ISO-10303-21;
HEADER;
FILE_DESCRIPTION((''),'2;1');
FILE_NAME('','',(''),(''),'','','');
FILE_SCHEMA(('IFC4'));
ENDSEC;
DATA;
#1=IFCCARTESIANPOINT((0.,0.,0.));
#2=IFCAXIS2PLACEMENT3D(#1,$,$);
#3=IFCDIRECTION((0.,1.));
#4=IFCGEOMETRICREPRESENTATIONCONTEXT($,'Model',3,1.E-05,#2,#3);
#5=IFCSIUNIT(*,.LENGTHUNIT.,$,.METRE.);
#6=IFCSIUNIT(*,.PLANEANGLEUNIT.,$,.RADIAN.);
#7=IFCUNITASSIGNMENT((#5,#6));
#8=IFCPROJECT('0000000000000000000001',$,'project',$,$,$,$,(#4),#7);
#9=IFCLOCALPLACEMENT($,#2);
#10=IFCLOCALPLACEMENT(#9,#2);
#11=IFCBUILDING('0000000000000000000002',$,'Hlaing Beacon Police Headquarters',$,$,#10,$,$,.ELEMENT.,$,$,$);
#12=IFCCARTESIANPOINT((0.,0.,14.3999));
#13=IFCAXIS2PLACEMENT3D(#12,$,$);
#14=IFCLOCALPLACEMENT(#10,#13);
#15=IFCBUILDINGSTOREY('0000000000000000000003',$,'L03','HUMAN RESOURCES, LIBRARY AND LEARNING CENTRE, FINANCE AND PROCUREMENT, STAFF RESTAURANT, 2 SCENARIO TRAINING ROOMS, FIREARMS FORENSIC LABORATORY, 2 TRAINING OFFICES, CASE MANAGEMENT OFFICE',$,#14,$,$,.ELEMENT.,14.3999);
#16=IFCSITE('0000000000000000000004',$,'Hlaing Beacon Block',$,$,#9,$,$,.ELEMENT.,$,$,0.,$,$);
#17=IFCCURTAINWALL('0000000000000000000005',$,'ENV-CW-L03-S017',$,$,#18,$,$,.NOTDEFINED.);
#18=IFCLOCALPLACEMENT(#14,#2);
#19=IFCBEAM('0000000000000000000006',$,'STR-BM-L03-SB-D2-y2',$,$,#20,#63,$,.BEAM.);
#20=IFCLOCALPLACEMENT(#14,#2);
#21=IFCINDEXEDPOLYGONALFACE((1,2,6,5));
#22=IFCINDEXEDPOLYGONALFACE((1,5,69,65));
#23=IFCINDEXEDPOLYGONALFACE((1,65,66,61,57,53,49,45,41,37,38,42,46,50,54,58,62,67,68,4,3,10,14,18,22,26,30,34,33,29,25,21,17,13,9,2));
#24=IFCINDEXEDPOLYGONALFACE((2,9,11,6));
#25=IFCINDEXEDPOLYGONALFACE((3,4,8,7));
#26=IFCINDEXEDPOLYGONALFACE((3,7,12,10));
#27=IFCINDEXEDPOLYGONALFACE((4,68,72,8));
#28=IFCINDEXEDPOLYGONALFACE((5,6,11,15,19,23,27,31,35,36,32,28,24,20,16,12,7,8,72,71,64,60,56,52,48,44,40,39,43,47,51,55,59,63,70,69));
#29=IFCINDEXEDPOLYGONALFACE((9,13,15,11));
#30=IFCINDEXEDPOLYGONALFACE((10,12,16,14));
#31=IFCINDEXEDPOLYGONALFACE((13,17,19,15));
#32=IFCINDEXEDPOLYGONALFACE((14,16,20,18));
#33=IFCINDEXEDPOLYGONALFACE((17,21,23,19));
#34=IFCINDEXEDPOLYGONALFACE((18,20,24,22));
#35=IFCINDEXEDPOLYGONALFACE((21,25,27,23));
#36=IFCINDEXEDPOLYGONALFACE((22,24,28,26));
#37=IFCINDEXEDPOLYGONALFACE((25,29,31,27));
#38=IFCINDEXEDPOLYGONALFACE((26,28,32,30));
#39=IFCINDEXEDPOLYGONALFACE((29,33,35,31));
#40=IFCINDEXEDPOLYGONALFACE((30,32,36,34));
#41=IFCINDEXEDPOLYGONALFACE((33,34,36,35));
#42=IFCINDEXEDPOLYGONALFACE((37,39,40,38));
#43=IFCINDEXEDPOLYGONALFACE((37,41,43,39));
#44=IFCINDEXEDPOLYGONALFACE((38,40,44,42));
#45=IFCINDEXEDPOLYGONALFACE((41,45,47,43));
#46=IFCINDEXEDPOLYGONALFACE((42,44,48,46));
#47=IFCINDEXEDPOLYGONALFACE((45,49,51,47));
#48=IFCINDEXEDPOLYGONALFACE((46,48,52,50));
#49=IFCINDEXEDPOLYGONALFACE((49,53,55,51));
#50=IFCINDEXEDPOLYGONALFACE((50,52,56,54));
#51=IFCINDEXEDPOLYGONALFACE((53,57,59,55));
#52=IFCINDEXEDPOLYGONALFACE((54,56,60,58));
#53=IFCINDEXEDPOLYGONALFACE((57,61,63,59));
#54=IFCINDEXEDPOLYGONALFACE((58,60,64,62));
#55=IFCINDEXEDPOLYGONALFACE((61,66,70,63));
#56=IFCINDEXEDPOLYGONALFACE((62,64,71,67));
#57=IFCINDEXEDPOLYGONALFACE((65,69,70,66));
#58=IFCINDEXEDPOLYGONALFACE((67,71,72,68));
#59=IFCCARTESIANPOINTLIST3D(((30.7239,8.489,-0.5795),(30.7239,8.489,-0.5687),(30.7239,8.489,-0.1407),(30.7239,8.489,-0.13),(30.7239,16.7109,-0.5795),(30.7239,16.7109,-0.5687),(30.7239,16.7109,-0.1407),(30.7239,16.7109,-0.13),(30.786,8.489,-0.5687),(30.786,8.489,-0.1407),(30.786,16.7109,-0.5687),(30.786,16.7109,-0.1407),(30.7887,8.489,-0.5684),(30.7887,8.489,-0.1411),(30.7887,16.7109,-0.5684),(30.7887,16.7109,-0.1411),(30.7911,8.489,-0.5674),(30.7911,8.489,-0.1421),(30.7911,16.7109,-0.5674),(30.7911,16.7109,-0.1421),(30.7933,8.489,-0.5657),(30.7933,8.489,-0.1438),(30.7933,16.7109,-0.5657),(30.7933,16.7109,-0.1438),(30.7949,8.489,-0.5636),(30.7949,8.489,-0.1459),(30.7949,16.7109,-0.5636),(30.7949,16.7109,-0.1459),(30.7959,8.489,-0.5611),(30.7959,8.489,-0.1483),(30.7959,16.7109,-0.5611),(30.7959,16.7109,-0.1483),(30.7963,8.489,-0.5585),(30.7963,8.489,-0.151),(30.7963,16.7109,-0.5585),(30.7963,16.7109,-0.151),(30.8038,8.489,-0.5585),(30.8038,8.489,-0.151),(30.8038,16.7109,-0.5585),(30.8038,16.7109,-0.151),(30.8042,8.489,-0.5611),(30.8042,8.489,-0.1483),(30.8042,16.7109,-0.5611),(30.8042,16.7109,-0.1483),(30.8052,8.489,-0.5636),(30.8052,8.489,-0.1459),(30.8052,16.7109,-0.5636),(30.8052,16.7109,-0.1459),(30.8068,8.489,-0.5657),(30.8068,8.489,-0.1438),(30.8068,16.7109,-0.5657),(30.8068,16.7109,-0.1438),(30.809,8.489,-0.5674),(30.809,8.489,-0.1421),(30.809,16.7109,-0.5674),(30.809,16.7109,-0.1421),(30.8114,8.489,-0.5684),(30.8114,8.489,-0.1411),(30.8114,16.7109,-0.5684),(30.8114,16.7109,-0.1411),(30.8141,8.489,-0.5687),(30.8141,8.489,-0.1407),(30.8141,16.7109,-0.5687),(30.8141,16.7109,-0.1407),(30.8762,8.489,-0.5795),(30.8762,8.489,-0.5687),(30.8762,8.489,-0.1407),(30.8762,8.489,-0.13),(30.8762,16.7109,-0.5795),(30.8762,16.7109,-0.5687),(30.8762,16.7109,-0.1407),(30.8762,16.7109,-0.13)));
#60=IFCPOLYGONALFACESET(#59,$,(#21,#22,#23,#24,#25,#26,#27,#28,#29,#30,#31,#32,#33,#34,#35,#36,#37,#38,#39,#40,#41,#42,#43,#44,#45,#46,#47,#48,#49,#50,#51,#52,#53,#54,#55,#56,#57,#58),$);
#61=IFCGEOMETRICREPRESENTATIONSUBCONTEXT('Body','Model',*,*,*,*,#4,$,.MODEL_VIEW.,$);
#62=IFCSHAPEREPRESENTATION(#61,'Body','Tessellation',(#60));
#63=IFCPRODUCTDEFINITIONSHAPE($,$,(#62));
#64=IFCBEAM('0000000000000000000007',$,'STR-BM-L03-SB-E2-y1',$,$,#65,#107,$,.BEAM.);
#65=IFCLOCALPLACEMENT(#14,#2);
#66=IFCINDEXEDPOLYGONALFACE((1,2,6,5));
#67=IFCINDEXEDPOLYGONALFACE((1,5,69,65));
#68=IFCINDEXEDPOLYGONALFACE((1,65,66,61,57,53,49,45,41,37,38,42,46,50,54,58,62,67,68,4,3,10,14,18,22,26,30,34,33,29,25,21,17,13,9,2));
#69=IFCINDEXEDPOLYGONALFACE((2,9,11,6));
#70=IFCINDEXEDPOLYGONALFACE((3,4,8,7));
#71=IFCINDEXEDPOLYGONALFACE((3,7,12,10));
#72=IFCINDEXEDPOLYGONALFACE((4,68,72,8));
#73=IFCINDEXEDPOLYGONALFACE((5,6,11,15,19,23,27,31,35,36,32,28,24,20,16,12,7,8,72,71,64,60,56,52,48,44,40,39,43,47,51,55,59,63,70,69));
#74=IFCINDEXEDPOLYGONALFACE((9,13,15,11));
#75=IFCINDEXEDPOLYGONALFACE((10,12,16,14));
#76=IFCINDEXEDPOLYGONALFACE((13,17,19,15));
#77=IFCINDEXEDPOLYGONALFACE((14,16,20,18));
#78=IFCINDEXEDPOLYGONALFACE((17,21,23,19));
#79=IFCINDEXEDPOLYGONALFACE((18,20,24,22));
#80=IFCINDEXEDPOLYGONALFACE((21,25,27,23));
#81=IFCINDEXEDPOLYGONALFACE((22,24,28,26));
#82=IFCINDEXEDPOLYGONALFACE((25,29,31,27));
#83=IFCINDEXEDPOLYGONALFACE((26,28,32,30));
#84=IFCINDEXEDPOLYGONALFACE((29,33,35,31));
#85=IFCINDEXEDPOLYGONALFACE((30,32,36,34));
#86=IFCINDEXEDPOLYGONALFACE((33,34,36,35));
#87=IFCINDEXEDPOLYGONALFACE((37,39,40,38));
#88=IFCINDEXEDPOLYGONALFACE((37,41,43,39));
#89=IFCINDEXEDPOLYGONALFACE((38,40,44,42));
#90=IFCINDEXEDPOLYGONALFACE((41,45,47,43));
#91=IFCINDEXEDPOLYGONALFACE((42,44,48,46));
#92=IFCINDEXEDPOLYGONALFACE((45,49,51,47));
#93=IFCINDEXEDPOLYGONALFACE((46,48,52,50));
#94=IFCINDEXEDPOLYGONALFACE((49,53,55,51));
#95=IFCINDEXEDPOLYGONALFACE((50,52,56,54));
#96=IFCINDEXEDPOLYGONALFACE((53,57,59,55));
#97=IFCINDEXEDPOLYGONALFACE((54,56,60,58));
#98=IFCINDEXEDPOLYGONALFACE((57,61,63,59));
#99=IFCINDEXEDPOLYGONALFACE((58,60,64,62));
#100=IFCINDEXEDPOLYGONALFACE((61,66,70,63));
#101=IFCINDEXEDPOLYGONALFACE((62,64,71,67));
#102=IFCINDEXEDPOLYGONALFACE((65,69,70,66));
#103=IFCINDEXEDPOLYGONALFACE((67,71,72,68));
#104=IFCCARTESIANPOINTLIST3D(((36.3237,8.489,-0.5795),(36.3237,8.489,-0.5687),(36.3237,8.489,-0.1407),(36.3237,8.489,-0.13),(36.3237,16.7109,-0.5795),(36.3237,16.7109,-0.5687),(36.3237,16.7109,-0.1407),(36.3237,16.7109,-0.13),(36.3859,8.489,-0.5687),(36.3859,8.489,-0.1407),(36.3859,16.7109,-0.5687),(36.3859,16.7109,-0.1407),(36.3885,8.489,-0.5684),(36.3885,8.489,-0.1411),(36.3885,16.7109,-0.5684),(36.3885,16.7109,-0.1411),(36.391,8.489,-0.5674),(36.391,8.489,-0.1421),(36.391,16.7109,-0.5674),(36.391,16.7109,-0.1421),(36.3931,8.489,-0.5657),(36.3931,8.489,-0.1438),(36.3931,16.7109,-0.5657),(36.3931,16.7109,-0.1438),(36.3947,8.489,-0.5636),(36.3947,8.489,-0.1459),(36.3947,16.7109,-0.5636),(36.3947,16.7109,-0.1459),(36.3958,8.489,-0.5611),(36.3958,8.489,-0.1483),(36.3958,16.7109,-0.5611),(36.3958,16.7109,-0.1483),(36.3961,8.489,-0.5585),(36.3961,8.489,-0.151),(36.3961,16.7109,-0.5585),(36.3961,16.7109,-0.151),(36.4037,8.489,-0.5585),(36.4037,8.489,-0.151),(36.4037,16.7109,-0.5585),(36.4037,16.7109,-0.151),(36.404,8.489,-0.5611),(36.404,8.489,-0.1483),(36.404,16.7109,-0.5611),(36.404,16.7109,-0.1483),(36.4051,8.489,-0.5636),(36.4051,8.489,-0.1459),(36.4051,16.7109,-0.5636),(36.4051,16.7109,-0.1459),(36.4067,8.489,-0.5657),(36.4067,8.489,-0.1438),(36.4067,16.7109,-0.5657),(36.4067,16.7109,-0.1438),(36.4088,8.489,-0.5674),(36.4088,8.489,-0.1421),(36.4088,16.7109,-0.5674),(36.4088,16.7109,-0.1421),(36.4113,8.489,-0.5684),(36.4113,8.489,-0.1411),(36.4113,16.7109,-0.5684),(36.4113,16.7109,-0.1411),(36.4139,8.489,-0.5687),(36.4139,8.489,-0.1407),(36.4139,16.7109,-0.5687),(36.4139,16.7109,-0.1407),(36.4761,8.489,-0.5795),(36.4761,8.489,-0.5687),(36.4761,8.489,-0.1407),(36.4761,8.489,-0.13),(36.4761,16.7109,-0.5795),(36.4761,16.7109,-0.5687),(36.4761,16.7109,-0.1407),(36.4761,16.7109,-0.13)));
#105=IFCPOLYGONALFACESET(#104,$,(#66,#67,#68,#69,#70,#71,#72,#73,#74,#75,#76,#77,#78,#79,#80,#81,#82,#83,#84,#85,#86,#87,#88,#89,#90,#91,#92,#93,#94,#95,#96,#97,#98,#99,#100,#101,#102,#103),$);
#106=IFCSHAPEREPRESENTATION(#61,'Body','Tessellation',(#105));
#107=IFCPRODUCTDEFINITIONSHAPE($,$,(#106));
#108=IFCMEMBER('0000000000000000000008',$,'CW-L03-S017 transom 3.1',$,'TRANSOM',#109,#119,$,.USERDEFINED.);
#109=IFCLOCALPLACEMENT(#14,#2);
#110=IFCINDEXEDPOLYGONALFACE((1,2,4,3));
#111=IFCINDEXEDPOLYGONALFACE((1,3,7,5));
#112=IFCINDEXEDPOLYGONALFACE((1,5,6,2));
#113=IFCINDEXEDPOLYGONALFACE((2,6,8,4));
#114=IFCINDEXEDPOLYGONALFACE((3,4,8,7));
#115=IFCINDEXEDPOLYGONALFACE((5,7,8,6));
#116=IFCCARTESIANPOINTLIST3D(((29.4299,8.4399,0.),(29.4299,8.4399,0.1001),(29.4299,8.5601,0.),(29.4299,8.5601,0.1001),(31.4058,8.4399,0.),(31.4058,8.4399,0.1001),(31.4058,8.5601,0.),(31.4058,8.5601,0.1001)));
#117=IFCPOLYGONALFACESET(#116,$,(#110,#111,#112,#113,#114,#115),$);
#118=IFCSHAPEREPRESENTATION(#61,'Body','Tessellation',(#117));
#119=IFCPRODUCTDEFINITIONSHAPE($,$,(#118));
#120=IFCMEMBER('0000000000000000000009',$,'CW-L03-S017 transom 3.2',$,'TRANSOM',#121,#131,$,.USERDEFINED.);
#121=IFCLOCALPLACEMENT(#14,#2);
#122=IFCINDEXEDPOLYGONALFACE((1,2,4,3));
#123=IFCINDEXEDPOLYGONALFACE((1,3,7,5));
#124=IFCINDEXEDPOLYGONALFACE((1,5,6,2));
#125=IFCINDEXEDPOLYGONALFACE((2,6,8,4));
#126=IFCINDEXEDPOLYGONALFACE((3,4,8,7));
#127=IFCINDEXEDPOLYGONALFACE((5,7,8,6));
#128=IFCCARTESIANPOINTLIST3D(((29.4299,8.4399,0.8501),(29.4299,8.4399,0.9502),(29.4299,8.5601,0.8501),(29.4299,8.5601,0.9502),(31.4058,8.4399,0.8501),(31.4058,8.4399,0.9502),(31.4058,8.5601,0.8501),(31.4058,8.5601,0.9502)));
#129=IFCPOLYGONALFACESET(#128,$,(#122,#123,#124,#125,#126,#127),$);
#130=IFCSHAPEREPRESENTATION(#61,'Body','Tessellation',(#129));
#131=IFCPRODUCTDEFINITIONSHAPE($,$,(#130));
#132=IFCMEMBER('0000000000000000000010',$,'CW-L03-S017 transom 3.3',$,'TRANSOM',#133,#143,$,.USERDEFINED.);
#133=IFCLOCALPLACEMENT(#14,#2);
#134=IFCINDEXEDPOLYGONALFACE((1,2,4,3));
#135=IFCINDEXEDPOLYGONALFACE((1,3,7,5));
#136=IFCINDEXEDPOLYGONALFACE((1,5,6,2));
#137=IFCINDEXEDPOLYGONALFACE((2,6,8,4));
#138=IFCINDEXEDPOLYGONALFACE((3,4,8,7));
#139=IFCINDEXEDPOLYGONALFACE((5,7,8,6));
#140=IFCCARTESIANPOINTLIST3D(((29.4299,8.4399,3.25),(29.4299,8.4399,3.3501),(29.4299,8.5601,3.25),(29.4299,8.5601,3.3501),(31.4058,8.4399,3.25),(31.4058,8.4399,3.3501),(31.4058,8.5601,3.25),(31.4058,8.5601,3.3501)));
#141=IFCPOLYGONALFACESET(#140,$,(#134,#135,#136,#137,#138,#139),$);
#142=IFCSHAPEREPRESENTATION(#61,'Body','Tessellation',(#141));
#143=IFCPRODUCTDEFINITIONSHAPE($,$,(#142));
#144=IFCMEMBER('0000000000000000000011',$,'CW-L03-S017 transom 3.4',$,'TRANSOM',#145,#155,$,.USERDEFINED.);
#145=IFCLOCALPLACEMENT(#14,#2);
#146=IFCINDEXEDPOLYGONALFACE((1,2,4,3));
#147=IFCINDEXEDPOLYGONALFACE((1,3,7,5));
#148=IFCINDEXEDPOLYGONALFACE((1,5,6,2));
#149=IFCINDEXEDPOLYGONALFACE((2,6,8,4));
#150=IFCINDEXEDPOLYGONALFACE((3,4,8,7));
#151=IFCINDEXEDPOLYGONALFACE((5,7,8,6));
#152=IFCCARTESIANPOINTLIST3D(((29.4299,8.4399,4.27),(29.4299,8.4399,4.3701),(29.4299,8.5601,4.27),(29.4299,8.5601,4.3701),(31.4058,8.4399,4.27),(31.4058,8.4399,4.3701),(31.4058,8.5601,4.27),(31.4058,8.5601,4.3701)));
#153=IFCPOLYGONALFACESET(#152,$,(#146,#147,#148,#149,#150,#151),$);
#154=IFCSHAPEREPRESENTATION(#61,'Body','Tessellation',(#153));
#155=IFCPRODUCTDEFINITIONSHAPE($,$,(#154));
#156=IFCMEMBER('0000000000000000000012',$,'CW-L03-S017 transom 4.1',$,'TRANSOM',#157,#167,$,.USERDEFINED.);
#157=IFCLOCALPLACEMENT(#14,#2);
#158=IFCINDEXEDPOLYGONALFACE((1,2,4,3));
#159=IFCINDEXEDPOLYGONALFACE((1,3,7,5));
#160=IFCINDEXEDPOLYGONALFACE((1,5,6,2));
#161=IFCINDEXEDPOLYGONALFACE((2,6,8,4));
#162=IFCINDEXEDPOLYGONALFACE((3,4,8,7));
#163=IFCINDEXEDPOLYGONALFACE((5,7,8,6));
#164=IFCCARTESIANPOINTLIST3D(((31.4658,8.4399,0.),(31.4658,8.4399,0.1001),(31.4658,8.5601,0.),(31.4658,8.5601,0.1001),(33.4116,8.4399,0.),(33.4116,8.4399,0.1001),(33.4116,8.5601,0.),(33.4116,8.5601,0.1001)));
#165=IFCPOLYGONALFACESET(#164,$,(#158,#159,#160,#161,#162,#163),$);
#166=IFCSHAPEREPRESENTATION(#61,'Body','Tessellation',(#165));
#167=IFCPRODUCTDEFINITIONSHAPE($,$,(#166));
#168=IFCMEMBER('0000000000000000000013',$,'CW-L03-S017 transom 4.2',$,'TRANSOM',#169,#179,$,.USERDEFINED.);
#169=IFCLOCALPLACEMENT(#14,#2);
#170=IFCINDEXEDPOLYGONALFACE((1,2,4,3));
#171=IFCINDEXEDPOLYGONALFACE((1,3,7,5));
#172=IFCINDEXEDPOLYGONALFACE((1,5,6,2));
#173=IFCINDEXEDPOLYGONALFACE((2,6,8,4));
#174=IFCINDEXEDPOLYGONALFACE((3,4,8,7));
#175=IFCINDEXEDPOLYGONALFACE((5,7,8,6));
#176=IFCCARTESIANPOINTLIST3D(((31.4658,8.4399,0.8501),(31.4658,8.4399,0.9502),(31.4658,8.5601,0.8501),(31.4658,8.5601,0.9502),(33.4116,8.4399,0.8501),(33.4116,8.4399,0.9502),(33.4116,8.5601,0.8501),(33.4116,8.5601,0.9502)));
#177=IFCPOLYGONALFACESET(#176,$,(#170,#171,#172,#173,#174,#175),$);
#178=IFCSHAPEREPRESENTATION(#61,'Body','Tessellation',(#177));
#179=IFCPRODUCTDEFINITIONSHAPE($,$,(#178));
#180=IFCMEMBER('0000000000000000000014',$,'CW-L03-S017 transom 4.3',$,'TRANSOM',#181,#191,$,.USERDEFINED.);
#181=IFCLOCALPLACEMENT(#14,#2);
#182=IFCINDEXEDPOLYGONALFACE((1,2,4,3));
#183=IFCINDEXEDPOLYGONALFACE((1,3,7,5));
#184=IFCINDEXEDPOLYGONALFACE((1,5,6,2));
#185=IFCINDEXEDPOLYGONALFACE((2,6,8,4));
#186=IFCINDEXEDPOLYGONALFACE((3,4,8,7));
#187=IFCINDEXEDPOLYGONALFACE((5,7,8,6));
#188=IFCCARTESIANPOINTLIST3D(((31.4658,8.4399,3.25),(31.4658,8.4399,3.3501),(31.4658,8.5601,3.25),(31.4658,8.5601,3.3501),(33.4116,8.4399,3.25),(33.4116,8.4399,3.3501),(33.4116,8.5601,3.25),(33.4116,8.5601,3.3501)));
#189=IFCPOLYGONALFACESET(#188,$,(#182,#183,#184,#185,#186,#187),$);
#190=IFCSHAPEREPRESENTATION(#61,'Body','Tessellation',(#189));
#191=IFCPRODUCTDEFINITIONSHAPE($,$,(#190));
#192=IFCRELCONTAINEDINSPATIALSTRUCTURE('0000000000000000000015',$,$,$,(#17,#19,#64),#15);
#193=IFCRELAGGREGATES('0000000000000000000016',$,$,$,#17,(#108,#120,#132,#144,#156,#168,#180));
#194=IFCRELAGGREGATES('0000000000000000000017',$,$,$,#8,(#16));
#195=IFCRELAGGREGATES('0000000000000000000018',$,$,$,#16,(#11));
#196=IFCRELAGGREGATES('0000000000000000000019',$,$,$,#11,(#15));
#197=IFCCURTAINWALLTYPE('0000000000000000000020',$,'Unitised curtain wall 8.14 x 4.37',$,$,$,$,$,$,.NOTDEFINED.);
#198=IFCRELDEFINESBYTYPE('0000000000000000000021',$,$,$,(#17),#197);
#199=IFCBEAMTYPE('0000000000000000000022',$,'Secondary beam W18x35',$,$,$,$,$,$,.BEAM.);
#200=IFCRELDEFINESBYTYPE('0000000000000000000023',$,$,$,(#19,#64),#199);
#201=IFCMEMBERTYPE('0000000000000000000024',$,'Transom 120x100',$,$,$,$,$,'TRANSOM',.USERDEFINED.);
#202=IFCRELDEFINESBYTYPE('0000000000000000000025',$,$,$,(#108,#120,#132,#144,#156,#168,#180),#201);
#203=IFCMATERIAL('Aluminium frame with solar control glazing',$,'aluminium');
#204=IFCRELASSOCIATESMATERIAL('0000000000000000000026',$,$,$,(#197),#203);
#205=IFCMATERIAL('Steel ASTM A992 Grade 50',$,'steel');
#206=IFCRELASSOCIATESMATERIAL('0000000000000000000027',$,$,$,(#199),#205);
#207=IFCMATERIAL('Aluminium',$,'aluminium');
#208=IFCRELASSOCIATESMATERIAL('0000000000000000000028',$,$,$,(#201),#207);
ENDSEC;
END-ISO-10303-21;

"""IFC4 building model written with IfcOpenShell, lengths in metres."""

from ifc_helpers import new_model, si_unit, direction, frame, origin, origin_2d, place, context, subcontext, project, spatial, rectangle, i_section, extrude, material, material_profile, profile_set, type_object, element, aggregate, save


model = new_model("IFC4")

# Units and contexts
model_context = context("Model", 3, precision=1e-05, world=origin(), true_north=direction((0.0, 1.0)))
body_context = subcontext(model_context, "Body", "Model", "MODEL_VIEW")
ifc_project = project(units=[si_unit("LENGTHUNIT", "METRE"), si_unit("PLANEANGLEUNIT", "RADIAN")], contexts=[model_context])

# Site, building, storey
site_placement = place(None, origin())
site = spatial("IfcSite", under=ifc_project, at=site_placement, Name="Hlaing Beacon Block", CompositionType="ELEMENT", RefElevation=0.0)
building_placement = place(site_placement, origin())
building = spatial("IfcBuilding", under=site, at=building_placement, Name="Hlaing Beacon Police Headquarters", CompositionType="ELEMENT")
storey_placement = place(building_placement, frame((0.0, 0.0, 14.3999)))
storey = spatial("IfcBuildingStorey", under=building, at=storey_placement, Name="L03", Description="HUMAN RESOURCES, LIBRARY AND LEARNING CENTRE, FINANCE AND PROCUREMENT, STAFF RESTAURANT, 2 SCENARIO TRAINING ROOMS, FIREARMS FORENSIC LABORATORY, 2 TRAINING OFFICES, CASE MANAGEMENT OFFICE", CompositionType="ELEMENT", Elevation=14.3999)

# Curtain wall
ifc_material_1 = material(Name="Aluminium frame with solar control glazing", Category="aluminium")
curtain_wall_type = type_object("IfcCurtainWallType", Name="Unitised curtain wall 8.14 x 4.37", PredefinedType="NOTDEFINED", material=ifc_material_1)
curtain_wall_1_placement = place(storey_placement, origin())
curtain_wall_1 = element("IfcCurtainWall", 1, at=curtain_wall_1_placement, inside=storey, type_object=curtain_wall_type, Name="ENV-CW-L03-S017", PredefinedType="NOTDEFINED")

# Beams
ifc_material_2 = material(Name="Steel ASTM A992 Grade 50", Category="steel")
ifc_material_profile_1 = material_profile(ifc_material_2, i_section(OverallWidth=0.1523, OverallDepth=0.4495, WebThickness=0.0076, FlangeThickness=0.0107, FilletRadius=0.0103, at=origin_2d()), Name="W18x35")
ifc_profile_set_1 = profile_set([ifc_material_profile_1], Name="Steel ASTM A992 Grade 50")
beam_type_1 = type_object("IfcBeamType", Name="Secondary beam W18x35", PredefinedType="BEAM", material=ifc_profile_set_1)
for number, where, z_axis, x_axis, name in (
    (2, (30.8, 8.489, -0.3547), (0.0, 1.0, 0.0), (-1.0, 0.0, 0.0), "STR-BM-L03-SB-D2-y2"),
    (3, (36.3999, 8.489, -0.3547), (0.0, 1.0, 0.0), (-1.0, 0.0, 0.0), "STR-BM-L03-SB-E2-y1"),
):
    element("IfcBeam", number, at=place(storey_placement, frame(where, z_axis=z_axis, x_axis=x_axis)), inside=storey, type_object=beam_type_1, Name=name, PredefinedType="BEAM", context=body_context, shape_type="SweptSolid", body=[
        extrude(i_section(OverallWidth=0.1523, OverallDepth=0.4495, WebThickness=0.0076, FlangeThickness=0.0107, FilletRadius=0.0103, at=origin_2d()), origin(), (0.0, 0.0, 1.0), 8.2219),
    ])

# Members
ifc_material_3 = material(Name="Aluminium", Category="aluminium")
ifc_material_profile_2 = material_profile(ifc_material_3, rectangle(XDim=0.1201, YDim=0.1001, at=origin_2d()), Name="Transom 120x100")
ifc_profile_set_2 = profile_set([ifc_material_profile_2], Name="Aluminium")
member_type_1 = type_object("IfcMemberType", Name="Transom 120x100", ElementType="TRANSOM", PredefinedType="USERDEFINED", material=ifc_profile_set_2)
member_1_placement = place(storey_placement, frame((29.4299, 8.5, 0.05), z_axis=(1.0, 0.0, 0.0), x_axis=(0.0, 1.0, 0.0)))
member_1 = element("IfcMember", 4, at=member_1_placement, type_object=member_type_1, Name="CW-L03-S017 transom 3.1", ObjectType="TRANSOM", PredefinedType="USERDEFINED", context=body_context, shape_type="SweptSolid", body=[
    extrude(rectangle(XDim=0.1201, YDim=0.1001, at=origin_2d()), origin(), (0.0, 0.0, 1.0), 1.9758),
])
member_2_placement = place(storey_placement, frame((29.4299, 8.5, 0.9001), z_axis=(1.0, 0.0, 0.0), x_axis=(0.0, 1.0, 0.0)))
member_2 = element("IfcMember", 5, at=member_2_placement, type_object=member_type_1, Name="CW-L03-S017 transom 3.2", ObjectType="TRANSOM", PredefinedType="USERDEFINED", context=body_context, shape_type="SweptSolid", body=[
    extrude(rectangle(XDim=0.1201, YDim=0.1001, at=origin_2d()), origin(), (0.0, 0.0, 1.0), 1.9758),
])
member_3_placement = place(storey_placement, frame((29.4299, 8.5, 3.3), z_axis=(1.0, 0.0, 0.0), x_axis=(0.0, 1.0, 0.0)))
member_3 = element("IfcMember", 6, at=member_3_placement, type_object=member_type_1, Name="CW-L03-S017 transom 3.3", ObjectType="TRANSOM", PredefinedType="USERDEFINED", context=body_context, shape_type="SweptSolid", body=[
    extrude(rectangle(XDim=0.1201, YDim=0.1001, at=origin_2d()), origin(), (0.0, 0.0, 1.0), 1.9758),
])
member_4_placement = place(storey_placement, frame((29.4299, 8.5, 4.3201), z_axis=(1.0, 0.0, 0.0), x_axis=(0.0, 1.0, 0.0)))
member_4 = element("IfcMember", 7, at=member_4_placement, type_object=member_type_1, Name="CW-L03-S017 transom 3.4", ObjectType="TRANSOM", PredefinedType="USERDEFINED", context=body_context, shape_type="SweptSolid", body=[
    extrude(rectangle(XDim=0.1201, YDim=0.1001, at=origin_2d()), origin(), (0.0, 0.0, 1.0), 1.9758),
])
member_5_placement = place(storey_placement, frame((31.4658, 8.5, 0.05), z_axis=(1.0, 0.0, 0.0), x_axis=(0.0, 1.0, 0.0)))
member_5 = element("IfcMember", 8, at=member_5_placement, type_object=member_type_1, Name="CW-L03-S017 transom 4.1", ObjectType="TRANSOM", PredefinedType="USERDEFINED", context=body_context, shape_type="SweptSolid", body=[
    extrude(rectangle(XDim=0.1201, YDim=0.1001, at=origin_2d()), origin(), (0.0, 0.0, 1.0), 1.9458),
])
member_6_placement = place(storey_placement, frame((31.4658, 8.5, 0.9001), z_axis=(1.0, 0.0, 0.0), x_axis=(0.0, 1.0, 0.0)))
member_6 = element("IfcMember", 9, at=member_6_placement, type_object=member_type_1, Name="CW-L03-S017 transom 4.2", ObjectType="TRANSOM", PredefinedType="USERDEFINED", context=body_context, shape_type="SweptSolid", body=[
    extrude(rectangle(XDim=0.1201, YDim=0.1001, at=origin_2d()), origin(), (0.0, 0.0, 1.0), 1.9458),
])
member_7_placement = place(storey_placement, frame((31.4658, 8.5, 3.3), z_axis=(1.0, 0.0, 0.0), x_axis=(0.0, 1.0, 0.0)))
member_7 = element("IfcMember", 10, at=member_7_placement, type_object=member_type_1, Name="CW-L03-S017 transom 4.3", ObjectType="TRANSOM", PredefinedType="USERDEFINED", context=body_context, shape_type="SweptSolid", body=[
    extrude(rectangle(XDim=0.1201, YDim=0.1001, at=origin_2d()), origin(), (0.0, 0.0, 1.0), 1.9458),
])

aggregate(curtain_wall_1, [member_1, member_2, member_3, member_4, member_5, member_6, member_7])

save(model, "model.ifc")
